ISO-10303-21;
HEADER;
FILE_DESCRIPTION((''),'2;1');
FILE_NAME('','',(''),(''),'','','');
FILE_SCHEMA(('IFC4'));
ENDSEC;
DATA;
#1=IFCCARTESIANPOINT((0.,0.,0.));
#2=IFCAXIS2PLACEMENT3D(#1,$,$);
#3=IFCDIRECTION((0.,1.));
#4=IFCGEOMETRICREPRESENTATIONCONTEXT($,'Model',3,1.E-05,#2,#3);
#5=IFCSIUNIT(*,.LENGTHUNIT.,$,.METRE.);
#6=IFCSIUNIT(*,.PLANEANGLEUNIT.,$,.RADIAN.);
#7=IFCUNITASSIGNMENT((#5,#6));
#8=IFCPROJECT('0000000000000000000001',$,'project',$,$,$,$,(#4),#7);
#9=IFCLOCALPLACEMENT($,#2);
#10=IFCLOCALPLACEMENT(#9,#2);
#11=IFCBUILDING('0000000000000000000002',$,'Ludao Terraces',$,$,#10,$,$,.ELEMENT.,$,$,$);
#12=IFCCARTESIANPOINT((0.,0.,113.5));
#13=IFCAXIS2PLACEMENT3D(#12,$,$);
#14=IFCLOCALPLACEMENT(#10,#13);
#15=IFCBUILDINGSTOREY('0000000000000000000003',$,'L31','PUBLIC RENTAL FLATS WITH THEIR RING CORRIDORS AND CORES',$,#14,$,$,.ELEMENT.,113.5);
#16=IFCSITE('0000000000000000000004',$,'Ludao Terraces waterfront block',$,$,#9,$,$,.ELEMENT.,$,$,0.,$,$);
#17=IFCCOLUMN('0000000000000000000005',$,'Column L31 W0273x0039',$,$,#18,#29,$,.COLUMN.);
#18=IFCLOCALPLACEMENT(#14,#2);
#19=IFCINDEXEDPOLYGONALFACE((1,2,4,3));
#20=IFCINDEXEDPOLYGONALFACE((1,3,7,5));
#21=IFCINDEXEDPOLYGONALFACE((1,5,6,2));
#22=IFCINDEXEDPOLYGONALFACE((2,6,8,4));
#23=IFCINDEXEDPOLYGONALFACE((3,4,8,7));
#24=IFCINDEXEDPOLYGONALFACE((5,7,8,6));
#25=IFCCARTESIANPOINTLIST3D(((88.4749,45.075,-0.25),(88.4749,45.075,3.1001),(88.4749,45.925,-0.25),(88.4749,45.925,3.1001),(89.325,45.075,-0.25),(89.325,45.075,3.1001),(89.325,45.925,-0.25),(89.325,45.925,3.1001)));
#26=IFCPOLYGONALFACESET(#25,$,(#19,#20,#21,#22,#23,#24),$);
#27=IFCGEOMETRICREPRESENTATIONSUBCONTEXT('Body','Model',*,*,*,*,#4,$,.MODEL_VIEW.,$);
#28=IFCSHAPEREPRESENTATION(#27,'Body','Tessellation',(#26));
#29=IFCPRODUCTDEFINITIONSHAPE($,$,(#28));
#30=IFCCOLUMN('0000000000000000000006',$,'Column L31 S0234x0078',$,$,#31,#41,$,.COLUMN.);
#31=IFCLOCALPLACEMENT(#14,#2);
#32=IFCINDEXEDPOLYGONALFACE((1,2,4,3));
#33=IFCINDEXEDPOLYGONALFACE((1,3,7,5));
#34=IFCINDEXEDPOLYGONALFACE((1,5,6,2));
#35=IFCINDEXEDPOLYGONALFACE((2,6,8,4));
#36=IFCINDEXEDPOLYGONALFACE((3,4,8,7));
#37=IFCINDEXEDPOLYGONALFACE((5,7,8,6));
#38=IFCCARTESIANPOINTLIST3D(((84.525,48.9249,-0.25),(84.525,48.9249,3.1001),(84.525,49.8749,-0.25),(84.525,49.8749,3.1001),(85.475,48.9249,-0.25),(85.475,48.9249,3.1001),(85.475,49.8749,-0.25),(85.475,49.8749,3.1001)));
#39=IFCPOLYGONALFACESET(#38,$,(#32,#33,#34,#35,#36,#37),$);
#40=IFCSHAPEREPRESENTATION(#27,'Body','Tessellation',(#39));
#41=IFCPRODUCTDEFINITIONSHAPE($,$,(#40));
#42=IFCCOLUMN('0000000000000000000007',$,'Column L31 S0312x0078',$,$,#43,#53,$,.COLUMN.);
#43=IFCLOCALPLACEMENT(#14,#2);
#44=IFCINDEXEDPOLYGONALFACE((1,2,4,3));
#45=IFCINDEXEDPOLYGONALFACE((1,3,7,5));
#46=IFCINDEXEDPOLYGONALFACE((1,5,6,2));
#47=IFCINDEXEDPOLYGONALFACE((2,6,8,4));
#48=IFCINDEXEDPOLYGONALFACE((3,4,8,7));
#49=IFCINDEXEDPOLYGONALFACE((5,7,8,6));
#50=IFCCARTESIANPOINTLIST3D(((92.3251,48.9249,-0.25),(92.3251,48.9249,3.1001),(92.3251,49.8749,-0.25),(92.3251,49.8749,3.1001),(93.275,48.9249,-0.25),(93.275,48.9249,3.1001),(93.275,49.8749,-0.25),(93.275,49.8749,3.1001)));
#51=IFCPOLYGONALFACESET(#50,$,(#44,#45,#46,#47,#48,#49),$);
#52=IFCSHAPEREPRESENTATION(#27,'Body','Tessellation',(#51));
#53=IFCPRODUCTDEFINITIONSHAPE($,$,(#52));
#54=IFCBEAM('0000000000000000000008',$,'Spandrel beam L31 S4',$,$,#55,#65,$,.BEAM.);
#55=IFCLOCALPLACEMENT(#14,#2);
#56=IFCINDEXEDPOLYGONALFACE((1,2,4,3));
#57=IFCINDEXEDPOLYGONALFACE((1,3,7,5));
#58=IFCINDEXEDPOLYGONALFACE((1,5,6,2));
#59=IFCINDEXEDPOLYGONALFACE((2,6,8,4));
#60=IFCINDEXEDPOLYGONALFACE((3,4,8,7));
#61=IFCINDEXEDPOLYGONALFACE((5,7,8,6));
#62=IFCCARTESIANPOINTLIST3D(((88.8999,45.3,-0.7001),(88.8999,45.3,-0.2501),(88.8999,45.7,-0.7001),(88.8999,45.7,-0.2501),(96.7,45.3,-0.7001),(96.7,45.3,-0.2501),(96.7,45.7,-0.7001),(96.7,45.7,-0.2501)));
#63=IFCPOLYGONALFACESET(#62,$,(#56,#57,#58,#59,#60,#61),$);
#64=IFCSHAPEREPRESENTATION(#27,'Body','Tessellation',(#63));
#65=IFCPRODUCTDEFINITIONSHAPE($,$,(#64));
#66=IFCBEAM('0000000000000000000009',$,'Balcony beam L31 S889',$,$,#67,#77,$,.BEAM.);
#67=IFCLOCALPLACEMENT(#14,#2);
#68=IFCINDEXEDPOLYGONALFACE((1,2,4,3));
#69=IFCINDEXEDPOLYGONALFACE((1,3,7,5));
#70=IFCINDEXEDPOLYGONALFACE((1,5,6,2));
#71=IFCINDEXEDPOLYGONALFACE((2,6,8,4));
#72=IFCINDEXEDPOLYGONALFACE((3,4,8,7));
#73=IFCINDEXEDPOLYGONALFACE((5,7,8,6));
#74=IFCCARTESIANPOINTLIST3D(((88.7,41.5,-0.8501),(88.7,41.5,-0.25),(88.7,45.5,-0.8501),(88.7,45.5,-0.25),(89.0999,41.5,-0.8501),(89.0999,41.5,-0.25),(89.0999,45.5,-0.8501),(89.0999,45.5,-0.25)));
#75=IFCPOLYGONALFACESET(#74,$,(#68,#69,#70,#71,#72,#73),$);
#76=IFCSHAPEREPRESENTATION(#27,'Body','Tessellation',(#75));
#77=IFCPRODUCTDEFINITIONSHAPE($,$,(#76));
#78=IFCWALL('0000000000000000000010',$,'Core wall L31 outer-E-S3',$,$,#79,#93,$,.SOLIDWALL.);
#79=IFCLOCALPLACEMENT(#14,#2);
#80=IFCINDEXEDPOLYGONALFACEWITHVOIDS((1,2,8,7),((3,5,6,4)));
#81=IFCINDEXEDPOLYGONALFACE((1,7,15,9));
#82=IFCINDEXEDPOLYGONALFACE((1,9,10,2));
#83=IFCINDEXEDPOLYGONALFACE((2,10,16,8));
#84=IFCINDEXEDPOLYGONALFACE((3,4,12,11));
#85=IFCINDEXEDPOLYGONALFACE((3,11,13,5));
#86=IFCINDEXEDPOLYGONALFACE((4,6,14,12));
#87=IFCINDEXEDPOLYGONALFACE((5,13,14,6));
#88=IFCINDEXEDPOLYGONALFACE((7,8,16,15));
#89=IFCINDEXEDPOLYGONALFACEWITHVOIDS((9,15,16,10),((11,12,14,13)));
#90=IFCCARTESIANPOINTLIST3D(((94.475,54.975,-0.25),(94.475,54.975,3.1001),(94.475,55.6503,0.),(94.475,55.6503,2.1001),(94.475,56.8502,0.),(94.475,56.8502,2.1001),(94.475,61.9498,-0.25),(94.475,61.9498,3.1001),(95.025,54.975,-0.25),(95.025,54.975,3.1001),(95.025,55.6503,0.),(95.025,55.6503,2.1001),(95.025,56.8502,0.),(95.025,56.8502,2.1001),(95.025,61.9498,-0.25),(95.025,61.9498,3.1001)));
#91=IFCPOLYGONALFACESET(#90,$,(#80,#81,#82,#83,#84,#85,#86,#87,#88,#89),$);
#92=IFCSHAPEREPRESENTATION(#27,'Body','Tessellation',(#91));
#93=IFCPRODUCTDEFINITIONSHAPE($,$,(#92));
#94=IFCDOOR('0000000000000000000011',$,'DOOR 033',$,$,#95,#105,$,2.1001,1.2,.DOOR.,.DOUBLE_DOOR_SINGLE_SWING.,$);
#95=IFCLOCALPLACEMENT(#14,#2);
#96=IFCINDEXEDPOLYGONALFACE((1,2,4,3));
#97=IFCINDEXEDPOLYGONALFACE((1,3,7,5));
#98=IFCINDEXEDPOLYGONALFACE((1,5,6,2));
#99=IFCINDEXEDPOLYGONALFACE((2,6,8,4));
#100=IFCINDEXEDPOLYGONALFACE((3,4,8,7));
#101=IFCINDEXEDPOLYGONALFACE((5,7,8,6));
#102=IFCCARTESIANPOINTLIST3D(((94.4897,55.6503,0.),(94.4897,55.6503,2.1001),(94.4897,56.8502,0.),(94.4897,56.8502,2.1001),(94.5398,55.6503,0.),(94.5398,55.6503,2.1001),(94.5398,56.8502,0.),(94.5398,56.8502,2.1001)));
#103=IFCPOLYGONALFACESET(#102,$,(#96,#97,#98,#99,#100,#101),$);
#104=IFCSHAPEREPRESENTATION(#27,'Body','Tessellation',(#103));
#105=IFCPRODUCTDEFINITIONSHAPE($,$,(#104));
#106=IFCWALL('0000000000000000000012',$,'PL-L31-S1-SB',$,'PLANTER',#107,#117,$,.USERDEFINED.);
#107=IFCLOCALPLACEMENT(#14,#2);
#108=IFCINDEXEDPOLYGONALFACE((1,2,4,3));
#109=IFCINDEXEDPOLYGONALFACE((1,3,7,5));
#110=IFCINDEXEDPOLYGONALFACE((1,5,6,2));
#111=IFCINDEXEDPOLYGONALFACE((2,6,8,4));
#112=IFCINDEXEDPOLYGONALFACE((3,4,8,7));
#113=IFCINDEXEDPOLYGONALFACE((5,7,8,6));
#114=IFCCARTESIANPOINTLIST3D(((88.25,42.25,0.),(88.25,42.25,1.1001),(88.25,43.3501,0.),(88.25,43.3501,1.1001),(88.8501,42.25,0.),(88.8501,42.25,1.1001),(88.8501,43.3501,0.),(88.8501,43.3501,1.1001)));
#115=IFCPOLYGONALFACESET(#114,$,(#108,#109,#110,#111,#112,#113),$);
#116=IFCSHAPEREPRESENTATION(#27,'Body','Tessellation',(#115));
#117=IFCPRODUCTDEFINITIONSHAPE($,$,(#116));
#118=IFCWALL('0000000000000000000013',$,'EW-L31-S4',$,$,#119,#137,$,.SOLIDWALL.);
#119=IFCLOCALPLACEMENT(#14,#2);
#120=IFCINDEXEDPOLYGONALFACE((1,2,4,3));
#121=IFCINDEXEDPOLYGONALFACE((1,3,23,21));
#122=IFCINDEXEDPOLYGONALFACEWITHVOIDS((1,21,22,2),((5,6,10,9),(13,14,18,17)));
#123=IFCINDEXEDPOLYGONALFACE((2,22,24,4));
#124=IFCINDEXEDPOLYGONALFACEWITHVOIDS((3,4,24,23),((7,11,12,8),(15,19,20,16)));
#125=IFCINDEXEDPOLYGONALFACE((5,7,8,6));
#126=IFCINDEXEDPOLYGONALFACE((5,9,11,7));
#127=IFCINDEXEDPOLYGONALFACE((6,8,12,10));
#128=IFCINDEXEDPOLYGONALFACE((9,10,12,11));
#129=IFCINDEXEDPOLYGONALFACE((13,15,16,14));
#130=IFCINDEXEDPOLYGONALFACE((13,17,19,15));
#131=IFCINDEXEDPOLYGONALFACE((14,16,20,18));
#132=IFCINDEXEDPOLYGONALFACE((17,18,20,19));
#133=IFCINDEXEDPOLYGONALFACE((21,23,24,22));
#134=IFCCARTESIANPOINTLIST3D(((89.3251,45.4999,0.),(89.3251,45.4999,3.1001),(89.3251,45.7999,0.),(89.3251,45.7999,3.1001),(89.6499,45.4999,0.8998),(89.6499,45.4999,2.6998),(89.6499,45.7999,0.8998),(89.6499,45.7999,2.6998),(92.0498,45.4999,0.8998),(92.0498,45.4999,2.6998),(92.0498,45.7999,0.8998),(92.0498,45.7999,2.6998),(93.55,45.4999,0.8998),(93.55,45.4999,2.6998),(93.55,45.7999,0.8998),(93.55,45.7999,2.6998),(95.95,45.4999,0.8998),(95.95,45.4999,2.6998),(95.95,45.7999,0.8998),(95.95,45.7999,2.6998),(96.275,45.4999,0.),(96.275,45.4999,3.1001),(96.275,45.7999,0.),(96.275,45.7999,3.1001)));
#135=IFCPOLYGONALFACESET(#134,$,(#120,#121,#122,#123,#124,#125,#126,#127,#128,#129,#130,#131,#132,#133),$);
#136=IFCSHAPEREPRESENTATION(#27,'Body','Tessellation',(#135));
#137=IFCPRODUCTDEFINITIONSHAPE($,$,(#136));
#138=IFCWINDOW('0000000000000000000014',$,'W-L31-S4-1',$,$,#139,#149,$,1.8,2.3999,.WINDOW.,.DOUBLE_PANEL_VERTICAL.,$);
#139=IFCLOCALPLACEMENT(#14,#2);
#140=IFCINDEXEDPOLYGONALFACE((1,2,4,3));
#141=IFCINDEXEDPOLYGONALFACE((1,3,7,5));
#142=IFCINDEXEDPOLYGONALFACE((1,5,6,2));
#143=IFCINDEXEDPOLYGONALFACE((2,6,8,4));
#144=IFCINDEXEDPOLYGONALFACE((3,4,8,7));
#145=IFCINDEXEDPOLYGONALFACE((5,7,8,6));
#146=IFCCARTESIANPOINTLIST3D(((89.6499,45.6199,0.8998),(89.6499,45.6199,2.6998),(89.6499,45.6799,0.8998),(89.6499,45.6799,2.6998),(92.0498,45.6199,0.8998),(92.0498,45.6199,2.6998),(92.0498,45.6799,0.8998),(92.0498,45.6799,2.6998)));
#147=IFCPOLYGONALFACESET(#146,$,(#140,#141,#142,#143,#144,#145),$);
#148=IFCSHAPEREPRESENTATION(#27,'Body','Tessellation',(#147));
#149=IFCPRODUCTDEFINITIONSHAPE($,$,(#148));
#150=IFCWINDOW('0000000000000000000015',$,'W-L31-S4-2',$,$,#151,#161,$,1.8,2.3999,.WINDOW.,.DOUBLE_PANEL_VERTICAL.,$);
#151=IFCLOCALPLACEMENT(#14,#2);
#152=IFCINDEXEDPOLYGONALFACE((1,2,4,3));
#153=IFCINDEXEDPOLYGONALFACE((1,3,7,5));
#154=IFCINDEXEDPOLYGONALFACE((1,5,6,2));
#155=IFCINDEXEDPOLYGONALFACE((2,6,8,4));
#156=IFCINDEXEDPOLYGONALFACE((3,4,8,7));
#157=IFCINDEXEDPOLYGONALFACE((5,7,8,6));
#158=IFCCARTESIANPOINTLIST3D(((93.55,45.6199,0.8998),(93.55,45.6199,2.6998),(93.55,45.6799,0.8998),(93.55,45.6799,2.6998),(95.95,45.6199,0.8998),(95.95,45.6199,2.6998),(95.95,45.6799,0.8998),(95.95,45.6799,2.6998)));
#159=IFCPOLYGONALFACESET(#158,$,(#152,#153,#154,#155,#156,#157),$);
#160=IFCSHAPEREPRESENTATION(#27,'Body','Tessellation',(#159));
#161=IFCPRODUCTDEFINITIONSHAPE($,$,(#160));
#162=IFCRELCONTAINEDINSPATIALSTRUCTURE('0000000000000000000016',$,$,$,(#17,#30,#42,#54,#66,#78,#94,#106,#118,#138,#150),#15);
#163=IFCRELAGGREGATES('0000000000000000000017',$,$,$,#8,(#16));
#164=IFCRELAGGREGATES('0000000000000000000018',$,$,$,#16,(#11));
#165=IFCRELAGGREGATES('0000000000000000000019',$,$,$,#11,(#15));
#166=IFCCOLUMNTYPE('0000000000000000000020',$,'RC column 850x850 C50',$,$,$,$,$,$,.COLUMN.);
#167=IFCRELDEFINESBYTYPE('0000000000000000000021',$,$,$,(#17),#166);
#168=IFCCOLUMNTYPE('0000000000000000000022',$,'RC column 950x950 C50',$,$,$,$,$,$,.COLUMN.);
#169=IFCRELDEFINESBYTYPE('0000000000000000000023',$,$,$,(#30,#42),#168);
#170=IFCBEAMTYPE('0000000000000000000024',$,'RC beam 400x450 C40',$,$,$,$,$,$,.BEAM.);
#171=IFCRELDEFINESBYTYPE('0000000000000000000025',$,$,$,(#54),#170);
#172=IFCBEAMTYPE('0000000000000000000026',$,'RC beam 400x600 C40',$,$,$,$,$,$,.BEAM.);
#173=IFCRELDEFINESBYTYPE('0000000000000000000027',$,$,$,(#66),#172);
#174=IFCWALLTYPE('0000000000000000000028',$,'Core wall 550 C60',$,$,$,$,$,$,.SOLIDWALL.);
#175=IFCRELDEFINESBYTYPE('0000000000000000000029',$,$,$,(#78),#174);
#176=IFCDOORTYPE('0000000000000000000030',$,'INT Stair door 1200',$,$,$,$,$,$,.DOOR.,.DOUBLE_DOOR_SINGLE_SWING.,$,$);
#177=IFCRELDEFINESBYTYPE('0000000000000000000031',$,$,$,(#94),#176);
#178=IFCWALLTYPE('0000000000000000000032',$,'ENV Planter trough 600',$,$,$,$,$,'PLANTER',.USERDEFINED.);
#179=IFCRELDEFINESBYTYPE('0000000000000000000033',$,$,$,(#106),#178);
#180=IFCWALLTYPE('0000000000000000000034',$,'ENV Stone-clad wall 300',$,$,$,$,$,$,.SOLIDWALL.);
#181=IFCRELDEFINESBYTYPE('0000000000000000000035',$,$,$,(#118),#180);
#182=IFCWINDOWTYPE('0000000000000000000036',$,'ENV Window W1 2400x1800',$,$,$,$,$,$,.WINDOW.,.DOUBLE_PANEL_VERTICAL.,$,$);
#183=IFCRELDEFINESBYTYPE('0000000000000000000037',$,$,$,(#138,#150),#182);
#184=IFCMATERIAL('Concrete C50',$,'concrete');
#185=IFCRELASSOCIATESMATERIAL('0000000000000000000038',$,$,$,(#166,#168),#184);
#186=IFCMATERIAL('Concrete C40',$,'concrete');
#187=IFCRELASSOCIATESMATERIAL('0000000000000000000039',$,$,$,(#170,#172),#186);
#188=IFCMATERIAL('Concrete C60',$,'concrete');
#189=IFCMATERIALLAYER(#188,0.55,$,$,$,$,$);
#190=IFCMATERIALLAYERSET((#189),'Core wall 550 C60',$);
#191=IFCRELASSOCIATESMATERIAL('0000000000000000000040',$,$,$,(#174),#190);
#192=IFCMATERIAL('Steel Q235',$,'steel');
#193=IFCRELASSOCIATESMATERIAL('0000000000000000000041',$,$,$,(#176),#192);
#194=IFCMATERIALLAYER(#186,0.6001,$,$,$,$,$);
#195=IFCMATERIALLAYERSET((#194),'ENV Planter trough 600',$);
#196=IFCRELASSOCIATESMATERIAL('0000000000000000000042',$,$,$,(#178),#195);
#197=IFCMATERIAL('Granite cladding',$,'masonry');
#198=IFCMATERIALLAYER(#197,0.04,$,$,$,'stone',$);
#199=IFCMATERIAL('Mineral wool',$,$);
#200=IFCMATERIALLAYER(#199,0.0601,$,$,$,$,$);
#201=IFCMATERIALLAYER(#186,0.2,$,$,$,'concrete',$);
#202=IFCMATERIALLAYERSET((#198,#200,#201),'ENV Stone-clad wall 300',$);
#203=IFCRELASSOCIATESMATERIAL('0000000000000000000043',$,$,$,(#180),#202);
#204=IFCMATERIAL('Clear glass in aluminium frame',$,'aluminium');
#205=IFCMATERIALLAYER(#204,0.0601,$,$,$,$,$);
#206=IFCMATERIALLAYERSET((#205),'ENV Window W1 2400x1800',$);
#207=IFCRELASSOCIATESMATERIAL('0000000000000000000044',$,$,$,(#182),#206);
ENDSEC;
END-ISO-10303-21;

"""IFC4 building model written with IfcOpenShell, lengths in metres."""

from ifc_helpers import new_model, si_unit, direction, frame, frame_2d, origin, origin_2d, place, context, subcontext, project, spatial, rectangle, extrude, material, layer, layer_set, material_profile, profile_set, type_object, element, fill, save


model = new_model("IFC4")

# Units and contexts
model_context = context("Model", 3, precision=1e-05, world=origin(), true_north=direction((0.0, 1.0)))
body_context = subcontext(model_context, "Body", "Model", "MODEL_VIEW")
ifc_project = project(units=[si_unit("LENGTHUNIT", "METRE"), si_unit("PLANEANGLEUNIT", "RADIAN")], contexts=[model_context])

# Site, building, storey
site_placement = place(None, origin())
site = spatial("IfcSite", under=ifc_project, at=site_placement, Name="Ludao Terraces waterfront block", CompositionType="ELEMENT", RefElevation=0.0)
building_placement = place(site_placement, origin())
building = spatial("IfcBuilding", under=site, at=building_placement, Name="Ludao Terraces", CompositionType="ELEMENT")
storey_placement = place(building_placement, frame((0.0, 0.0, 113.5)))
storey = spatial("IfcBuildingStorey", under=building, at=storey_placement, Name="L31", Description="PUBLIC RENTAL FLATS WITH THEIR RING CORRIDORS AND CORES", CompositionType="ELEMENT", Elevation=113.5)

# Columns
ifc_material_1 = material(Name="Concrete C50", Category="concrete")
ifc_material_profile_1 = material_profile(ifc_material_1, rectangle(XDim=0.8501, YDim=0.8501, at=origin_2d()), Name="850 X 850")
ifc_profile_set_1 = profile_set([ifc_material_profile_1], Name="Concrete C50")
column_type_1 = type_object("IfcColumnType", Name="RC column 850x850 C50", PredefinedType="COLUMN", material=ifc_profile_set_1)
column_placement = place(storey_placement, frame((88.8999, 45.5, -0.25), z_axis=(0.0, 0.0, 1.0), x_axis=(1.0, 0.0, 0.0)))
element("IfcColumn", 1, at=column_placement, inside=storey, type_object=column_type_1, Name="Column L31 W0273x0039", PredefinedType="COLUMN", context=body_context, shape_type="SweptSolid", body=[
    extrude(rectangle(XDim=0.8501, YDim=0.8501, at=origin_2d()), origin(), (0.0, 0.0, 1.0), 3.3501),
])
ifc_material_profile_2 = material_profile(ifc_material_1, rectangle(XDim=0.95, YDim=0.95, at=origin_2d()), Name="950 X 950")
ifc_profile_set_2 = profile_set([ifc_material_profile_2], Name="Concrete C50")
column_type_2 = type_object("IfcColumnType", Name="RC column 950x950 C50", PredefinedType="COLUMN", material=ifc_profile_set_2)
for number, where, z_axis, x_axis, name in (
    (2, (85.0, 49.3999, -0.25), (0.0, 0.0, 1.0), (1.0, 0.0, 0.0), "Column L31 S0234x0078"),
    (3, (92.8, 49.3999, -0.25), (0.0, 0.0, 1.0), (1.0, 0.0, 0.0), "Column L31 S0312x0078"),
):
    element("IfcColumn", number, at=place(storey_placement, frame(where, z_axis=z_axis, x_axis=x_axis)), inside=storey, type_object=column_type_2, Name=name, PredefinedType="COLUMN", context=body_context, shape_type="SweptSolid", body=[
        extrude(rectangle(XDim=0.95, YDim=0.95, at=origin_2d()), origin(), (0.0, 0.0, 1.0), 3.3501),
    ])

# Beams
ifc_material_2 = material(Name="Concrete C40", Category="concrete")
ifc_material_profile_3 = material_profile(ifc_material_2, rectangle(XDim=0.3999, YDim=0.45, at=origin_2d()), Name="400 X 450")
ifc_profile_set_3 = profile_set([ifc_material_profile_3], Name="Concrete C40")
beam_type_1 = type_object("IfcBeamType", Name="RC beam 400x450 C40", PredefinedType="BEAM", material=ifc_profile_set_3)
beam_1_placement = place(storey_placement, frame((88.8999, 45.5, -0.4751), z_axis=(1.0, 0.0, 0.0), x_axis=(0.0, 1.0, 0.0)))
element("IfcBeam", 4, at=beam_1_placement, inside=storey, type_object=beam_type_1, Name="Spandrel beam L31 S4", PredefinedType="BEAM", context=body_context, shape_type="SweptSolid", body=[
    extrude(rectangle(XDim=0.3999, YDim=0.45, at=origin_2d()), origin(), (0.0, 0.0, 1.0), 7.8),
])
ifc_material_profile_4 = material_profile(ifc_material_2, rectangle(XDim=0.3999, YDim=0.6001, at=origin_2d()), Name="400 X 600")
ifc_profile_set_4 = profile_set([ifc_material_profile_4], Name="Concrete C40")
beam_type_2 = type_object("IfcBeamType", Name="RC beam 400x600 C40", PredefinedType="BEAM", material=ifc_profile_set_4)
beam_2_placement = place(storey_placement, frame((88.8999, 45.5, -0.55), z_axis=(0.0, -1.0, 0.0), x_axis=(1.0, 0.0, 0.0)))
element("IfcBeam", 5, at=beam_2_placement, inside=storey, type_object=beam_type_2, Name="Balcony beam L31 S889", PredefinedType="BEAM", context=body_context, shape_type="SweptSolid", body=[
    extrude(rectangle(XDim=0.3999, YDim=0.6001, at=origin_2d()), origin(), (0.0, 0.0, 1.0), 4.0),
])

# Wall, opening, door
ifc_material_3 = material(Name="Concrete C60", Category="concrete")
ifc_layer_1 = layer(ifc_material_3, 0.55)
ifc_layer_set_1 = layer_set([ifc_layer_1], Name="Core wall 550 C60")
wall_type_1 = type_object("IfcWallType", Name="Core wall 550 C60", PredefinedType="SOLIDWALL", material=ifc_layer_set_1)
wall_1_placement = place(storey_placement, frame((94.75, 54.9751, -0.25), z_axis=(0.0, 0.0, 1.0), x_axis=(0.0, 1.0, 0.0)))
wall_1 = element("IfcWall", 6, at=wall_1_placement, inside=storey, type_object=wall_type_1, Name="Core wall L31 outer-E-S3", PredefinedType="SOLIDWALL", context=body_context, shape_type="SweptSolid", body=[
    extrude(rectangle(XDim=6.9749, YDim=0.55, at=frame_2d((3.4873, 0.0))), origin(), (0.0, 0.0, 1.0), 3.3501),
])
opening_1_placement = place(wall_1_placement, frame((0.675, 0.0, 0.25)))
opening_1 = element("IfcOpeningElement", 7, at=opening_1_placement, cuts=wall_1, PredefinedType="OPENING", context=body_context, shape_type="SweptSolid", body=[
    extrude(rectangle(XDim=1.2, YDim=2.1001, at=frame_2d((0.6001, 1.05))), frame((0.0, 0.2852, 0.0), z_axis=(0.0, -1.0, 0.0), x_axis=(1.0, 0.0, 0.0)), (0.0, 0.0, 1.0), 0.5701),
])
ifc_material_4 = material(Name="Steel Q235", Category="steel")
door_type_1 = type_object("IfcDoorType", Name="INT Stair door 1200", OperationType="DOUBLE_DOOR_SINGLE_SWING", PredefinedType="DOOR", material=ifc_material_4)
door_1_placement = place(opening_1_placement, origin())
door_1 = element("IfcDoor", 8, at=door_1_placement, inside=storey, type_object=door_type_1, Name="DOOR 033", OperationType="DOUBLE_DOOR_SINGLE_SWING", OverallHeight=2.1001, OverallWidth=1.2, PredefinedType="DOOR", context=body_context, shape_type="SweptSolid", body=[
    extrude(rectangle(XDim=1.2, YDim=2.1001, at=frame_2d((0.6001, 1.05))), frame((0.0, 0.2603, 0.0), z_axis=(0.0, -1.0, 0.0), x_axis=(1.0, 0.0, 0.0)), (0.0, 0.0, 1.0), 0.05),
])
fill(opening_1, door_1)

# Wall
ifc_layer_2 = layer(ifc_material_2, 0.6001)
ifc_layer_set_2 = layer_set([ifc_layer_2], Name="ENV Planter trough 600")
wall_type_2 = type_object("IfcWallType", Name="ENV Planter trough 600", ElementType="PLANTER", PredefinedType="USERDEFINED", material=ifc_layer_set_2)
wall_2_placement = place(storey_placement, frame((88.55, 42.25, 0.0), z_axis=(0.0, 0.0, 1.0), x_axis=(0.0, 1.0, 0.0)))
element("IfcWall", 9, at=wall_2_placement, inside=storey, type_object=wall_type_2, Name="PL-L31-S1-SB", ObjectType="PLANTER", PredefinedType="USERDEFINED", context=body_context, shape_type="SweptSolid", body=[
    extrude(rectangle(XDim=1.1001, YDim=0.6001, at=frame_2d((0.55, 0.0))), origin(), (0.0, 0.0, 1.0), 1.1001),
])

# Wall, openings, windows
ifc_material_5 = material(Name="Granite cladding", Category="masonry")
ifc_layer_3 = layer(ifc_material_5, 0.04, Category="stone")
ifc_material_6 = material(Name="Mineral wool")
ifc_layer_4 = layer(ifc_material_6, 0.0601)
ifc_layer_5 = layer(ifc_material_2, 0.2, Category="concrete")
ifc_layer_set_3 = layer_set([ifc_layer_3, ifc_layer_4, ifc_layer_5], Name="ENV Stone-clad wall 300")
wall_type_3 = type_object("IfcWallType", Name="ENV Stone-clad wall 300", PredefinedType="SOLIDWALL", material=ifc_layer_set_3)
wall_3_placement = place(storey_placement, frame((89.325, 45.6499, 0.0), z_axis=(0.0, 0.0, 1.0), x_axis=(1.0, 0.0, 0.0)))
wall_3 = element("IfcWall", 10, at=wall_3_placement, inside=storey, type_object=wall_type_3, Name="EW-L31-S4", PredefinedType="SOLIDWALL", context=body_context, shape_type="SweptSolid", body=[
    extrude(rectangle(XDim=6.95, YDim=0.3, at=frame_2d((3.4751, 0.0))), origin(), (0.0, 0.0, 1.0), 3.1001),
])
opening_2_placement = place(wall_3_placement, frame((0.325, 0.0, 0.8999)))
opening_2 = element("IfcOpeningElement", 11, at=opening_2_placement, cuts=wall_3, PredefinedType="OPENING", context=body_context, shape_type="SweptSolid", body=[
    extrude(rectangle(XDim=2.3999, YDim=1.8, at=frame_2d((1.2, 0.8999))), frame((0.0, 0.1602, 0.0), z_axis=(0.0, -1.0, 0.0), x_axis=(1.0, 0.0, 0.0)), (0.0, 0.0, 1.0), 0.3201),
])
opening_3_placement = place(wall_3_placement, frame((4.2251, 0.0, 0.8999)))
opening_3 = element("IfcOpeningElement", 12, at=opening_3_placement, cuts=wall_3, PredefinedType="OPENING", context=body_context, shape_type="SweptSolid", body=[
    extrude(rectangle(XDim=2.3999, YDim=1.8, at=frame_2d((1.2, 0.8999))), frame((0.0, 0.1602, 0.0), z_axis=(0.0, -1.0, 0.0), x_axis=(1.0, 0.0, 0.0)), (0.0, 0.0, 1.0), 0.3201),
])
ifc_material_7 = material(Name="Clear glass in aluminium frame", Category="aluminium")
ifc_layer_6 = layer(ifc_material_7, 0.0601)
ifc_layer_set_4 = layer_set([ifc_layer_6], Name="ENV Window W1 2400x1800")
window_type = type_object("IfcWindowType", Name="ENV Window W1 2400x1800", PartitioningType="DOUBLE_PANEL_VERTICAL", PredefinedType="WINDOW", material=ifc_layer_set_4)
window_1_placement = place(opening_2_placement, origin())
window_1 = element("IfcWindow", 13, at=window_1_placement, inside=storey, type_object=window_type, Name="W-L31-S4-1", OverallHeight=1.8, OverallWidth=2.3999, PartitioningType="DOUBLE_PANEL_VERTICAL", PredefinedType="WINDOW", context=body_context, shape_type="SweptSolid", body=[
    extrude(rectangle(XDim=2.3999, YDim=1.8, at=frame_2d((1.2, 0.8999))), frame((0.0, 0.03, 0.0), z_axis=(0.0, -1.0, 0.0), x_axis=(1.0, 0.0, 0.0)), (0.0, 0.0, 1.0), 0.0601),
])
fill(opening_2, window_1)
window_2_placement = place(opening_3_placement, origin())
window_2 = element("IfcWindow", 14, at=window_2_placement, inside=storey, type_object=window_type, Name="W-L31-S4-2", OverallHeight=1.8, OverallWidth=2.3999, PartitioningType="DOUBLE_PANEL_VERTICAL", PredefinedType="WINDOW", context=body_context, shape_type="SweptSolid", body=[
    extrude(rectangle(XDim=2.3999, YDim=1.8, at=frame_2d((1.2, 0.8999))), frame((0.0, 0.03, 0.0), z_axis=(0.0, -1.0, 0.0), x_axis=(1.0, 0.0, 0.0)), (0.0, 0.0, 1.0), 0.0601),
])
fill(opening_3, window_2)

save(model, "model.ifc")
